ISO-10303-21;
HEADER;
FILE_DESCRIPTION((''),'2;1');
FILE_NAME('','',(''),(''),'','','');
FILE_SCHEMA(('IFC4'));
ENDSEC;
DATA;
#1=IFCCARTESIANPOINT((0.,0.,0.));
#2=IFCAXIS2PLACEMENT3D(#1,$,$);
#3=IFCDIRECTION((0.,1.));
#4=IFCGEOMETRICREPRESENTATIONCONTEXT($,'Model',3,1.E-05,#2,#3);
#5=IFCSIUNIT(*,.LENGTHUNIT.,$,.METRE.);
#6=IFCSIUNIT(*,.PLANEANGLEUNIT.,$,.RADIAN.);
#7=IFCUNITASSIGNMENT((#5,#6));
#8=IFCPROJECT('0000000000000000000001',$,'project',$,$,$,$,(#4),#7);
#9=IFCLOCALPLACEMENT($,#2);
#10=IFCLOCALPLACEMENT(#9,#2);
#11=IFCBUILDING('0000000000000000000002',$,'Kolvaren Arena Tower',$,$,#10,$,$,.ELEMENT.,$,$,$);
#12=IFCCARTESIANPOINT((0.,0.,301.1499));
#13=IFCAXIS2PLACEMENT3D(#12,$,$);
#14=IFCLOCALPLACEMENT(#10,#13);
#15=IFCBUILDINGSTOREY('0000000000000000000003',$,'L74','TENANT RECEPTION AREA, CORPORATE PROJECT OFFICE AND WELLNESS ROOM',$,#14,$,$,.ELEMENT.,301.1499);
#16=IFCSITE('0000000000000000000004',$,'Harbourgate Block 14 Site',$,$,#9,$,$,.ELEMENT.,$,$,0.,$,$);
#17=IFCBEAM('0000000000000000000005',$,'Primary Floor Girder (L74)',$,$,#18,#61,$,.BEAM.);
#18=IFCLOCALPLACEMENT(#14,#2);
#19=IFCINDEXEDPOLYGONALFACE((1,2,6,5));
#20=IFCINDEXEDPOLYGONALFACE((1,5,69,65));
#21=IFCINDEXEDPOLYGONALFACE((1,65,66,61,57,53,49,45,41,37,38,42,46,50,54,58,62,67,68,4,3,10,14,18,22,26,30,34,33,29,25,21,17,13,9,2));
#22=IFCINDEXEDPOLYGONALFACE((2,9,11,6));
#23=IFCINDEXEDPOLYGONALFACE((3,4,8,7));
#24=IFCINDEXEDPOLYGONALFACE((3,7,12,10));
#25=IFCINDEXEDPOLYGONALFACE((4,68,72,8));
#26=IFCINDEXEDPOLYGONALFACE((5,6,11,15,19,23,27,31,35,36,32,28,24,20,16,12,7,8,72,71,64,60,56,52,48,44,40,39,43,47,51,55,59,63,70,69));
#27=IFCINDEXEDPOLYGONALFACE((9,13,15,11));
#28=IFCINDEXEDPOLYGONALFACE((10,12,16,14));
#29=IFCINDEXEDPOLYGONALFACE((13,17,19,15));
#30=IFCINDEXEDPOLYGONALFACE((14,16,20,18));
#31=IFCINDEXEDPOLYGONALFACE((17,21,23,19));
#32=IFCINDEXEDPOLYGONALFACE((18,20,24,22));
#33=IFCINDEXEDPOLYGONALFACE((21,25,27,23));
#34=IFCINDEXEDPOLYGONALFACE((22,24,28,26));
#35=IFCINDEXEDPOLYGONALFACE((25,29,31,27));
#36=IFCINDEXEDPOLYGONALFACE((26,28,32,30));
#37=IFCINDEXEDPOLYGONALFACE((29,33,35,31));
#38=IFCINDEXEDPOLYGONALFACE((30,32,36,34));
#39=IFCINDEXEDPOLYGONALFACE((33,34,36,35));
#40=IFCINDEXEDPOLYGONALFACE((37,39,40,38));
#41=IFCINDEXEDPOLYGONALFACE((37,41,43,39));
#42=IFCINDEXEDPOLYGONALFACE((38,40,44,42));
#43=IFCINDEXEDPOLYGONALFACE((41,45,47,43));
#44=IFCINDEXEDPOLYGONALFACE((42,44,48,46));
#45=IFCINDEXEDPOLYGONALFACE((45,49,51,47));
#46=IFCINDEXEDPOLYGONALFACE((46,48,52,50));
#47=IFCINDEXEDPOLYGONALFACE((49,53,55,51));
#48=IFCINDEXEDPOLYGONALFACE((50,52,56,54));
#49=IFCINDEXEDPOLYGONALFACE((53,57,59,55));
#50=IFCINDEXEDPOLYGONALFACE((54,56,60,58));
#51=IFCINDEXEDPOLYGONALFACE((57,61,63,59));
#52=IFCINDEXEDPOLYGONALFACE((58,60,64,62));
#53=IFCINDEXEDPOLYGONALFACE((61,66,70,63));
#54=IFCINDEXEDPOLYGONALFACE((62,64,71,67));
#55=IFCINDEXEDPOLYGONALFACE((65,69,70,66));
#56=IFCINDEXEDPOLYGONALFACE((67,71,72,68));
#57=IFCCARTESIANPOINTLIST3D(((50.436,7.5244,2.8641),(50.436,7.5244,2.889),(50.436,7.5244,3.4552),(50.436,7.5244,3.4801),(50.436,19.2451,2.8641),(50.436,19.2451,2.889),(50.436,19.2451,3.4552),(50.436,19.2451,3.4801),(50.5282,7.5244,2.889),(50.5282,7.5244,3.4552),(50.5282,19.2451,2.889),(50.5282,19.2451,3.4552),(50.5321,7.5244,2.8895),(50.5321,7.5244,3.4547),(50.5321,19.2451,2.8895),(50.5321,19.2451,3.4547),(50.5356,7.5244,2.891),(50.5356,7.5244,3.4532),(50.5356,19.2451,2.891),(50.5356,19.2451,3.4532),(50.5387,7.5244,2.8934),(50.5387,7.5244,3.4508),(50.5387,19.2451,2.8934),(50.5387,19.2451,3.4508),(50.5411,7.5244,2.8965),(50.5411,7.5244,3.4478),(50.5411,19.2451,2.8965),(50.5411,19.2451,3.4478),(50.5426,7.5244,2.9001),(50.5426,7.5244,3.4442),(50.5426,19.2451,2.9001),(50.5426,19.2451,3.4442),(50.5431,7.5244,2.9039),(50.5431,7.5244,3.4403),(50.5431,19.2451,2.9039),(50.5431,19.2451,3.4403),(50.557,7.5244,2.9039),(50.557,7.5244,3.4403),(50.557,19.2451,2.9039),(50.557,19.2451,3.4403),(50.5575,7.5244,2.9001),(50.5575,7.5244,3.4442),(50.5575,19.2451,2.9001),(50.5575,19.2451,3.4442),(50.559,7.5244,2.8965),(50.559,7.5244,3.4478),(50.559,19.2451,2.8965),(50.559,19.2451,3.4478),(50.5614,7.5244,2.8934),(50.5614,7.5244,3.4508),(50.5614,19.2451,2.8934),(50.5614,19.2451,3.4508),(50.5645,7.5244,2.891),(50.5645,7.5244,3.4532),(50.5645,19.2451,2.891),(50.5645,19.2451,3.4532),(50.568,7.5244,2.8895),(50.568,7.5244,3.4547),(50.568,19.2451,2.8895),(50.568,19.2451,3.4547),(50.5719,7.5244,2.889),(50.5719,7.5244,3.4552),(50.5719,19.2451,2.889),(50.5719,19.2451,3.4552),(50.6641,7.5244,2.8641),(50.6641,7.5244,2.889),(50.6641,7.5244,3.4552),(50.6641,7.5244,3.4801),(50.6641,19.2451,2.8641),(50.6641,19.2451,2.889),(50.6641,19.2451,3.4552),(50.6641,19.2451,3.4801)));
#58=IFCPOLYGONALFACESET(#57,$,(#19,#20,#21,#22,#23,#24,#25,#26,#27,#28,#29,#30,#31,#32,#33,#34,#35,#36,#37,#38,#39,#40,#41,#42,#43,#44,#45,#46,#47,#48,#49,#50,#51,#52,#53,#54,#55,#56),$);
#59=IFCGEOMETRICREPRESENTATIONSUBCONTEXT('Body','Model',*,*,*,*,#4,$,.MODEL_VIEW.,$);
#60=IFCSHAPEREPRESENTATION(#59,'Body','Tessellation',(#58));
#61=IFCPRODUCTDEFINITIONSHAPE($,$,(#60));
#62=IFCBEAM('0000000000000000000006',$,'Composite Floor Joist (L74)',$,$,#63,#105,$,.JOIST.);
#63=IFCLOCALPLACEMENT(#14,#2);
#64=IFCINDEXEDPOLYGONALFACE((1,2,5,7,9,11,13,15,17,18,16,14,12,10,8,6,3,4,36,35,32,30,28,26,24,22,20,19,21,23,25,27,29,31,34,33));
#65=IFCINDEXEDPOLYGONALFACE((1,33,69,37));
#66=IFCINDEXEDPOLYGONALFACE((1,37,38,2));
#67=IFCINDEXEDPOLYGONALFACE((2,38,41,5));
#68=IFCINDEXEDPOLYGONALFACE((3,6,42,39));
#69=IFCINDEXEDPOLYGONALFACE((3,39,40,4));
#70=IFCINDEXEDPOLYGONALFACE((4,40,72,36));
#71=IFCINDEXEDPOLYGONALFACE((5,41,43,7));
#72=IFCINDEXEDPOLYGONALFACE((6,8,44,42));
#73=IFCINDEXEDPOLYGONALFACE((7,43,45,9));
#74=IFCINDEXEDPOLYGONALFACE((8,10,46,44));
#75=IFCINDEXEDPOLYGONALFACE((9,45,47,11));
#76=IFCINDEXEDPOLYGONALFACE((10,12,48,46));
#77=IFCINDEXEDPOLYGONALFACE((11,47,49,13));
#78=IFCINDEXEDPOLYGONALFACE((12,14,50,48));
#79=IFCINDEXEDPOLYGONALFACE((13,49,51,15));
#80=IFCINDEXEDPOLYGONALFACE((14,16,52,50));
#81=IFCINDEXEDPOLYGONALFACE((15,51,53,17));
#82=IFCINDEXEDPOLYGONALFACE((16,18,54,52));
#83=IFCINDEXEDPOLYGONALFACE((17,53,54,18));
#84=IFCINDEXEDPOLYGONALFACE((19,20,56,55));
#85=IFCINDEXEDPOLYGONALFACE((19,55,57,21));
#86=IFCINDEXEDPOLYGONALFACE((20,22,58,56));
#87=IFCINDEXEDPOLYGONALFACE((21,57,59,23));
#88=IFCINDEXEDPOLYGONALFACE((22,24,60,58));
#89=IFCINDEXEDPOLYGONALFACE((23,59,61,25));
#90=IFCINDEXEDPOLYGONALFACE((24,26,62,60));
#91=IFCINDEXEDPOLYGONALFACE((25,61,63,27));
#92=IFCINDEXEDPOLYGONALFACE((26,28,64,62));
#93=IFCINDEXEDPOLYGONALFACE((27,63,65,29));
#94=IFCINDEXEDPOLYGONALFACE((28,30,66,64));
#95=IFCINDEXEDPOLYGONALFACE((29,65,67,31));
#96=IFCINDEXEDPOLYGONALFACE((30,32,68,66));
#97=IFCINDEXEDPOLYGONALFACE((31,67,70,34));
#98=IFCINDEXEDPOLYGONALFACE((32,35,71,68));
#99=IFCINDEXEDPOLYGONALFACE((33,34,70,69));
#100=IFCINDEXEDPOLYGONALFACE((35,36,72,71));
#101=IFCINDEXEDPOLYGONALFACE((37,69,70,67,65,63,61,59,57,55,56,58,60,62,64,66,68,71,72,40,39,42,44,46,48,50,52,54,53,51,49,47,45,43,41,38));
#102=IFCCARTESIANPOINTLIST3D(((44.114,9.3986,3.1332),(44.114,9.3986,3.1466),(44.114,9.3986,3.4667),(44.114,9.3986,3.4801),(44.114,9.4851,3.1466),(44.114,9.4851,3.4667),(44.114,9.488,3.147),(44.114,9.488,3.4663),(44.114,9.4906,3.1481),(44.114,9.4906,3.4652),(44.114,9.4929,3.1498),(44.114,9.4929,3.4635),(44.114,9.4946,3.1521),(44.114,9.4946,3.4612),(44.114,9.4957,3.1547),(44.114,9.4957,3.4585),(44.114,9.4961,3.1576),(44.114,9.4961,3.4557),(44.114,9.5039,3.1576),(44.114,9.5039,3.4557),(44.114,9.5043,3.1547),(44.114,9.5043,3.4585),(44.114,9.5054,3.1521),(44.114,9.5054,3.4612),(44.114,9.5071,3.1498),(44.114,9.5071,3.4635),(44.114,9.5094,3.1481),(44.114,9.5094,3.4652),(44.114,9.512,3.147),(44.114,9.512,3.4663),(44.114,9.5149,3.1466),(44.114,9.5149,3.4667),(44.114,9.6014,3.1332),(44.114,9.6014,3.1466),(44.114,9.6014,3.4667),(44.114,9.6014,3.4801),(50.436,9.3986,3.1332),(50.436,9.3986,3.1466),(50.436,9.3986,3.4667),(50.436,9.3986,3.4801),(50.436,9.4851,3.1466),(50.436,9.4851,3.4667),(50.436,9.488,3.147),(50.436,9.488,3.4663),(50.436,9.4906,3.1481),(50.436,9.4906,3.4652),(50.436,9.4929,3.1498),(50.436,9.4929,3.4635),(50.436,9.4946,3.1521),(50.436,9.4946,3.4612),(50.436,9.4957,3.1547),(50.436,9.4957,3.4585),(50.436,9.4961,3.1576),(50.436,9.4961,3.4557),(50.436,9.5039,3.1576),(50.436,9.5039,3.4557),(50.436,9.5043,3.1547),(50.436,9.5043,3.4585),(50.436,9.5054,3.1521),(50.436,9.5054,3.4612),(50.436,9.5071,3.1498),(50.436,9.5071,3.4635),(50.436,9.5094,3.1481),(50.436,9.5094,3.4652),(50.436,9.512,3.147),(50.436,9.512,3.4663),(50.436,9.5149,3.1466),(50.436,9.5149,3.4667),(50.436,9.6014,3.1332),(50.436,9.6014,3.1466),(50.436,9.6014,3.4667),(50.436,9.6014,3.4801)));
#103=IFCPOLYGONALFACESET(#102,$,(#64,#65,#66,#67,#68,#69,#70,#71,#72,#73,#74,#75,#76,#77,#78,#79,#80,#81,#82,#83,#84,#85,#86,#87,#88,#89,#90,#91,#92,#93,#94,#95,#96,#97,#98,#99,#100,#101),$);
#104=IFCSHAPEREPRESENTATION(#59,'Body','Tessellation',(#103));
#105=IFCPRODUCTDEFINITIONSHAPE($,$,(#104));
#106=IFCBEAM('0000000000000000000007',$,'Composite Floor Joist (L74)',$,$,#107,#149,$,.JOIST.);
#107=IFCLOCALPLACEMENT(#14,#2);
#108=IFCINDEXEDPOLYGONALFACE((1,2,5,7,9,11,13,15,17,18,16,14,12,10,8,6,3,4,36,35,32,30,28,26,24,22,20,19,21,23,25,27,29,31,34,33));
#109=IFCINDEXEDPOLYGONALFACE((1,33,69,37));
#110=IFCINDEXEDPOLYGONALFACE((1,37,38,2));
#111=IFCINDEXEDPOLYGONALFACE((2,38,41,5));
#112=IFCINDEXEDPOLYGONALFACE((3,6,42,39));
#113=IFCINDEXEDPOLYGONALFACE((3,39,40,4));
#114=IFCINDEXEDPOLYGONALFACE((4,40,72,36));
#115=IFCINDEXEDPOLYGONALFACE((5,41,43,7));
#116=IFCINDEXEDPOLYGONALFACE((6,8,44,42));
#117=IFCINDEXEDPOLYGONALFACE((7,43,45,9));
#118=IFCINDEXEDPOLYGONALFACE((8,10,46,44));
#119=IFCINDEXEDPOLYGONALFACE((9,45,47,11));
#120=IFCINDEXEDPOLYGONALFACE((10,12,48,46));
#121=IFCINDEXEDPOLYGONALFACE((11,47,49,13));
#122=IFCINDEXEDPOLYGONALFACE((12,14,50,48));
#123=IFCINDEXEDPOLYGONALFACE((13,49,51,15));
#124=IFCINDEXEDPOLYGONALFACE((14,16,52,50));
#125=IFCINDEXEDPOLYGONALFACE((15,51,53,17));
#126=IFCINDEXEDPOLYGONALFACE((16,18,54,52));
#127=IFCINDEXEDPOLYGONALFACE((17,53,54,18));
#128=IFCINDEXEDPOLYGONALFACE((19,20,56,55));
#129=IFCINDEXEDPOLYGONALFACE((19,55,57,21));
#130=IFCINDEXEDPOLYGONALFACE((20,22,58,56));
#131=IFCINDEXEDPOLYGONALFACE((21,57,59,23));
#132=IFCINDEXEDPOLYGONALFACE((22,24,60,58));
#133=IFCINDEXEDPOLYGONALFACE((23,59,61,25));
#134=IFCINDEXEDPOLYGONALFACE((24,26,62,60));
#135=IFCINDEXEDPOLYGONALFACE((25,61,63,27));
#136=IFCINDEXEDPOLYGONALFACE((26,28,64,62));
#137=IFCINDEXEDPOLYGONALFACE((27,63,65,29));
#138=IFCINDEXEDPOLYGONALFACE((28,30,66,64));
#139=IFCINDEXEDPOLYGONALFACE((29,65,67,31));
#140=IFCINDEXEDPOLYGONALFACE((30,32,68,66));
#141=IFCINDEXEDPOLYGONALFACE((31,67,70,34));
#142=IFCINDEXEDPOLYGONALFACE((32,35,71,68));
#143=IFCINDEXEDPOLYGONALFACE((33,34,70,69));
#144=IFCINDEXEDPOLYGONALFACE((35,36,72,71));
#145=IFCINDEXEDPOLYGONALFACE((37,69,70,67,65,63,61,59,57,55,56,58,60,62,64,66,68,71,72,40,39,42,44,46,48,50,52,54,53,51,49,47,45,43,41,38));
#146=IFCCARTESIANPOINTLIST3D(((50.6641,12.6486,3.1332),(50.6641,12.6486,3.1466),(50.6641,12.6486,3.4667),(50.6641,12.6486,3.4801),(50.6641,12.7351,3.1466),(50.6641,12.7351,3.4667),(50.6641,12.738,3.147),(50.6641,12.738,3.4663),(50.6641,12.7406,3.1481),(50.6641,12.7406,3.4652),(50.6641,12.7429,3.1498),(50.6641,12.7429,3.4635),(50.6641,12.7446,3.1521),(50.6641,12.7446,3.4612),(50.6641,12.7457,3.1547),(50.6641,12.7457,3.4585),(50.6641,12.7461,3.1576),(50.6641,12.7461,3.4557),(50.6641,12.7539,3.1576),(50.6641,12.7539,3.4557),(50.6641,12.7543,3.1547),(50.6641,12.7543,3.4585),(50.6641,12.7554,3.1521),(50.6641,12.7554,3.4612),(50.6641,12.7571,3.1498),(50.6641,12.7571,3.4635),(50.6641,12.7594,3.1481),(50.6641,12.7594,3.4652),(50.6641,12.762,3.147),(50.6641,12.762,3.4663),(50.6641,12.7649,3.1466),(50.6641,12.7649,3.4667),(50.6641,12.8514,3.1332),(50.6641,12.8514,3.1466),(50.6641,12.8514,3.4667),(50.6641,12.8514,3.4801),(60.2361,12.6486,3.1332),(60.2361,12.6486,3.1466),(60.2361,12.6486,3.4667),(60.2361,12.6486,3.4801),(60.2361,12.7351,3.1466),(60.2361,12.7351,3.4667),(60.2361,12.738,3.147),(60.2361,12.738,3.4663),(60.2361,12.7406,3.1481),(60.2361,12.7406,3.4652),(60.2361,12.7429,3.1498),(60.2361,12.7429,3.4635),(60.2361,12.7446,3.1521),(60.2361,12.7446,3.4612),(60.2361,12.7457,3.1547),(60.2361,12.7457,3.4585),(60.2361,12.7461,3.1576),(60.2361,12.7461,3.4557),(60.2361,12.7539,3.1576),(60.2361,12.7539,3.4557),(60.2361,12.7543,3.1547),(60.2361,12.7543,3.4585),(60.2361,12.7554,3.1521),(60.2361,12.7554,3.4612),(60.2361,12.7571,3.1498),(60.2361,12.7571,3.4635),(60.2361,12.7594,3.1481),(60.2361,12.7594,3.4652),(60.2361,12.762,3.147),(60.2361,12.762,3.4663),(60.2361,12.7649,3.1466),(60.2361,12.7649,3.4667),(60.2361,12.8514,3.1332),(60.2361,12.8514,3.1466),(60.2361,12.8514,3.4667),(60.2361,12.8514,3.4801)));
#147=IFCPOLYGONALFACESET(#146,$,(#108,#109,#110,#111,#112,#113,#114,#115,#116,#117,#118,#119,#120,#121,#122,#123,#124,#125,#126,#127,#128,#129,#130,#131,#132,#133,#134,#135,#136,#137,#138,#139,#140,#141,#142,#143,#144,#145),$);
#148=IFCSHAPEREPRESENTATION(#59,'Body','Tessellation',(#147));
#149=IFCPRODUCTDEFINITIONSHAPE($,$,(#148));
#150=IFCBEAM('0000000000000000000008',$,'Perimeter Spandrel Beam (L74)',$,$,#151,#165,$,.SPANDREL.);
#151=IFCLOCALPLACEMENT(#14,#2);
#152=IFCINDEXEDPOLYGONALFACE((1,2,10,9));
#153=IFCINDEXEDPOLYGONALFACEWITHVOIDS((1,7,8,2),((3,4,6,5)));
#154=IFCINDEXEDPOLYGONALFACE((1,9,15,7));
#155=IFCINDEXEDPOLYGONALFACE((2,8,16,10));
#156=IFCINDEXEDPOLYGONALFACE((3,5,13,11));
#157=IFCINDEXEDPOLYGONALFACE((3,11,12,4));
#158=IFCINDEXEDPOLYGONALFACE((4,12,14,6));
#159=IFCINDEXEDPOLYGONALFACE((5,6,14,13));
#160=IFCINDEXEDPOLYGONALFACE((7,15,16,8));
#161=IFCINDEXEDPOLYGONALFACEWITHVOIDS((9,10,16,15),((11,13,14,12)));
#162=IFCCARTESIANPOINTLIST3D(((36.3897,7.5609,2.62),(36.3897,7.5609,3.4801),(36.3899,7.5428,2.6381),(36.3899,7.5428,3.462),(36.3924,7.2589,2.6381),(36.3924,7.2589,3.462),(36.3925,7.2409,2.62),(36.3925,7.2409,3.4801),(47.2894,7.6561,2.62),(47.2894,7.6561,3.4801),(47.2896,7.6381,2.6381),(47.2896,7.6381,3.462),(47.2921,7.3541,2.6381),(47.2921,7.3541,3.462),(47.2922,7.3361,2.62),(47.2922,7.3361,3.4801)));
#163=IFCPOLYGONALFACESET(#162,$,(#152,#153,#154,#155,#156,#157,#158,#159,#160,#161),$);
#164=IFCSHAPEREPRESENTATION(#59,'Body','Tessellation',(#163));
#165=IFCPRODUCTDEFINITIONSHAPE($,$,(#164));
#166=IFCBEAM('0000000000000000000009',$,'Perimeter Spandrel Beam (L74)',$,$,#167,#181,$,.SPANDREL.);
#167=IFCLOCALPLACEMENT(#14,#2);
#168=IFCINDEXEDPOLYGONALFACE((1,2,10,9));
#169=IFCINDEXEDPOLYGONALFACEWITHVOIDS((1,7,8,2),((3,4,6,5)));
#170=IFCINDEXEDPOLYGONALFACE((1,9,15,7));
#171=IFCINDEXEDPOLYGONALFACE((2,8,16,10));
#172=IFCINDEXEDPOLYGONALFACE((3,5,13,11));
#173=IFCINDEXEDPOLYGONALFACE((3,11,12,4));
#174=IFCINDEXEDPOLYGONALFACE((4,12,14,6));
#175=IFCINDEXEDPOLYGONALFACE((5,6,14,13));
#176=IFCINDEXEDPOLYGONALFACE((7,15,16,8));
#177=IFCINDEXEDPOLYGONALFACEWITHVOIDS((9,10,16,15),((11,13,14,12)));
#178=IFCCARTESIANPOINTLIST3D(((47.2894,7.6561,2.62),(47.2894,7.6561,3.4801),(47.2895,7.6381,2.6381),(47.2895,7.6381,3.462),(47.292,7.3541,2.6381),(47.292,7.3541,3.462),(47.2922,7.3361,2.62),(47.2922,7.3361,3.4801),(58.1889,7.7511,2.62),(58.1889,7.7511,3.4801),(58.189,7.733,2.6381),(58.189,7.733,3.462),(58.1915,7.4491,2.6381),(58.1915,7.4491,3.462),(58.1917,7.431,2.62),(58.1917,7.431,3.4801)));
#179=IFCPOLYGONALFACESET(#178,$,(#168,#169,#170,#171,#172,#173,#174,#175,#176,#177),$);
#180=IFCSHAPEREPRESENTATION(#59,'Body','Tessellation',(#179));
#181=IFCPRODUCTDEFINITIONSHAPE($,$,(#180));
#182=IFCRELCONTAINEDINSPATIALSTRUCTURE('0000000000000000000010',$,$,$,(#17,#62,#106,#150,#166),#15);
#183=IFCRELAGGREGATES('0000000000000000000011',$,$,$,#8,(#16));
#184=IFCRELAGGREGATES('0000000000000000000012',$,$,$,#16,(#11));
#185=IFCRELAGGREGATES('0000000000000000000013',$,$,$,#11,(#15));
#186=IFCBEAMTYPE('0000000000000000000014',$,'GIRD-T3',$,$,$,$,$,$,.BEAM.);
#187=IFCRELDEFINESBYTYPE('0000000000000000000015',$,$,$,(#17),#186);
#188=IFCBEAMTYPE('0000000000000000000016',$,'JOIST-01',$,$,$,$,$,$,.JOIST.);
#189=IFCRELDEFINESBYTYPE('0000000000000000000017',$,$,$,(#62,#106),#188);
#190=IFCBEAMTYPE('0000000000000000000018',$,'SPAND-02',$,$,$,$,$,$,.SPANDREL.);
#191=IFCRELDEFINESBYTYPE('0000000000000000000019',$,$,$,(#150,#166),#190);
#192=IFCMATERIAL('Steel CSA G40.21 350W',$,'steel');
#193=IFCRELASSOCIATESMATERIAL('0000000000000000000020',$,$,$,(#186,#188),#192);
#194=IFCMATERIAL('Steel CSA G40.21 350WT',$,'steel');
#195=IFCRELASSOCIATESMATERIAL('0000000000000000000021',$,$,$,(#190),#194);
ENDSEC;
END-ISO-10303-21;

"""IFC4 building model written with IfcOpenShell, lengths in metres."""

from ifc_helpers import new_model, si_unit, direction, frame, origin, origin_2d, place, context, subcontext, project, spatial, hollow_rectangle, i_section, extrude, material, material_profile, profile_set, type_object, element, save


model = new_model("IFC4")

# Units and contexts
model_context = context("Model", 3, precision=1e-05, world=origin(), true_north=direction((0.0, 1.0)))
body_context = subcontext(model_context, "Body", "Model", "MODEL_VIEW")
ifc_project = project(units=[si_unit("LENGTHUNIT", "METRE"), si_unit("PLANEANGLEUNIT", "RADIAN")], contexts=[model_context])

# Site, building, storey
site_placement = place(None, origin())
site = spatial("IfcSite", under=ifc_project, at=site_placement, Name="Harbourgate Block 14 Site", CompositionType="ELEMENT", RefElevation=0.0)
building_placement = place(site_placement, origin())
building = spatial("IfcBuilding", under=site, at=building_placement, Name="Kolvaren Arena Tower", CompositionType="ELEMENT")
storey_placement = place(building_placement, frame((0.0, 0.0, 301.1499)))
storey = spatial("IfcBuildingStorey", under=building, at=storey_placement, Name="L74", Description="TENANT RECEPTION AREA, CORPORATE PROJECT OFFICE AND WELLNESS ROOM", CompositionType="ELEMENT", Elevation=301.1499)

# Beams
ifc_material_1 = material(Name="Steel CSA G40.21 350W", Category="steel")
ifc_material_profile_1 = material_profile(ifc_material_1, i_section(OverallWidth=0.228, OverallDepth=0.616, WebThickness=0.0139, FlangeThickness=0.0249, FilletRadius=0.0149, at=origin_2d()), Name="W610x174")
ifc_profile_set_1 = profile_set([ifc_material_profile_1], Name="Steel CSA G40.21 350W")
beam_type_1 = type_object("IfcBeamType", Name="GIRD-T3", PredefinedType="BEAM", material=ifc_profile_set_1)
beam_1_placement = place(storey_placement, frame((50.55, 7.5244, 3.1721), z_axis=(0.0, 1.0, 0.0), x_axis=(-1.0, 0.0, 0.0)))
element("IfcBeam", 1, at=beam_1_placement, inside=storey, type_object=beam_type_1, Name="Primary Floor Girder (L74)", PredefinedType="BEAM", context=body_context, shape_type="SweptSolid", body=[
    extrude(i_section(OverallWidth=0.228, OverallDepth=0.616, WebThickness=0.0139, FlangeThickness=0.0249, FilletRadius=0.0149, at=origin_2d()), origin(), (0.0, 0.0, 1.0), 11.7207),
])
ifc_material_profile_2 = material_profile(ifc_material_1, i_section(OverallWidth=0.2029, OverallDepth=0.3469, WebThickness=0.0078, FlangeThickness=0.0134, FilletRadius=0.011, at=origin_2d()), Name="W360x64")
ifc_profile_set_2 = profile_set([ifc_material_profile_2], Name="Steel CSA G40.21 350W")
beam_type_2 = type_object("IfcBeamType", Name="JOIST-01", PredefinedType="JOIST", material=ifc_profile_set_2)
beam_2_placement = place(storey_placement, frame((44.114, 9.5, 3.3066), z_axis=(1.0, 0.0, 0.0), x_axis=(0.0, 1.0, 0.0)))
element("IfcBeam", 2, at=beam_2_placement, inside=storey, type_object=beam_type_2, Name="Composite Floor Joist (L74)", PredefinedType="JOIST", context=body_context, shape_type="SweptSolid", body=[
    extrude(i_section(OverallWidth=0.2029, OverallDepth=0.3469, WebThickness=0.0078, FlangeThickness=0.0134, FilletRadius=0.011, at=origin_2d()), origin(), (0.0, 0.0, 1.0), 6.322),
])
beam_3_placement = place(storey_placement, frame((50.6641, 12.75, 3.3066), z_axis=(1.0, 0.0, 0.0), x_axis=(0.0, 1.0, 0.0)))
element("IfcBeam", 3, at=beam_3_placement, inside=storey, type_object=beam_type_2, Name="Composite Floor Joist (L74)", PredefinedType="JOIST", context=body_context, shape_type="SweptSolid", body=[
    extrude(i_section(OverallWidth=0.2029, OverallDepth=0.3469, WebThickness=0.0078, FlangeThickness=0.0134, FilletRadius=0.011, at=origin_2d()), origin(), (0.0, 0.0, 1.0), 9.572),
])
ifc_material_2 = material(Name="Steel CSA G40.21 350WT", Category="steel")
ifc_material_profile_3 = material_profile(ifc_material_2, hollow_rectangle(XDim=0.3201, YDim=0.8601, WallThickness=0.0181, at=origin_2d()), Name="HSS 860x320x18")
ifc_profile_set_3 = profile_set([ifc_material_profile_3], Name="Steel CSA G40.21 350WT")
beam_type_3 = type_object("IfcBeamType", Name="SPAND-02", PredefinedType="SPANDREL", material=ifc_profile_set_3)
beam_4_placement = place(storey_placement, frame((36.3911, 7.4009, 3.05), z_axis=(0.999962, 0.008735, 0.0), x_axis=(-0.008735, 0.999962, 0.0)))
element("IfcBeam", 4, at=beam_4_placement, inside=storey, type_object=beam_type_3, Name="Perimeter Spandrel Beam (L74)", PredefinedType="SPANDREL", context=body_context, shape_type="SweptSolid", body=[
    extrude(hollow_rectangle(XDim=0.3201, YDim=0.8601, WallThickness=0.0181, at=origin_2d()), origin(), (0.0, 0.0, 1.0), 10.9001),
])
beam_5_placement = place(storey_placement, frame((47.2908, 7.4961, 3.05), z_axis=(0.999962, 0.008713, 0.0), x_axis=(-0.008713, 0.999962, 0.0)))
element("IfcBeam", 5, at=beam_5_placement, inside=storey, type_object=beam_type_3, Name="Perimeter Spandrel Beam (L74)", PredefinedType="SPANDREL", context=body_context, shape_type="SweptSolid", body=[
    extrude(hollow_rectangle(XDim=0.3201, YDim=0.8601, WallThickness=0.0181, at=origin_2d()), origin(), (0.0, 0.0, 1.0), 10.8999),
])

save(model, "model.ifc")
